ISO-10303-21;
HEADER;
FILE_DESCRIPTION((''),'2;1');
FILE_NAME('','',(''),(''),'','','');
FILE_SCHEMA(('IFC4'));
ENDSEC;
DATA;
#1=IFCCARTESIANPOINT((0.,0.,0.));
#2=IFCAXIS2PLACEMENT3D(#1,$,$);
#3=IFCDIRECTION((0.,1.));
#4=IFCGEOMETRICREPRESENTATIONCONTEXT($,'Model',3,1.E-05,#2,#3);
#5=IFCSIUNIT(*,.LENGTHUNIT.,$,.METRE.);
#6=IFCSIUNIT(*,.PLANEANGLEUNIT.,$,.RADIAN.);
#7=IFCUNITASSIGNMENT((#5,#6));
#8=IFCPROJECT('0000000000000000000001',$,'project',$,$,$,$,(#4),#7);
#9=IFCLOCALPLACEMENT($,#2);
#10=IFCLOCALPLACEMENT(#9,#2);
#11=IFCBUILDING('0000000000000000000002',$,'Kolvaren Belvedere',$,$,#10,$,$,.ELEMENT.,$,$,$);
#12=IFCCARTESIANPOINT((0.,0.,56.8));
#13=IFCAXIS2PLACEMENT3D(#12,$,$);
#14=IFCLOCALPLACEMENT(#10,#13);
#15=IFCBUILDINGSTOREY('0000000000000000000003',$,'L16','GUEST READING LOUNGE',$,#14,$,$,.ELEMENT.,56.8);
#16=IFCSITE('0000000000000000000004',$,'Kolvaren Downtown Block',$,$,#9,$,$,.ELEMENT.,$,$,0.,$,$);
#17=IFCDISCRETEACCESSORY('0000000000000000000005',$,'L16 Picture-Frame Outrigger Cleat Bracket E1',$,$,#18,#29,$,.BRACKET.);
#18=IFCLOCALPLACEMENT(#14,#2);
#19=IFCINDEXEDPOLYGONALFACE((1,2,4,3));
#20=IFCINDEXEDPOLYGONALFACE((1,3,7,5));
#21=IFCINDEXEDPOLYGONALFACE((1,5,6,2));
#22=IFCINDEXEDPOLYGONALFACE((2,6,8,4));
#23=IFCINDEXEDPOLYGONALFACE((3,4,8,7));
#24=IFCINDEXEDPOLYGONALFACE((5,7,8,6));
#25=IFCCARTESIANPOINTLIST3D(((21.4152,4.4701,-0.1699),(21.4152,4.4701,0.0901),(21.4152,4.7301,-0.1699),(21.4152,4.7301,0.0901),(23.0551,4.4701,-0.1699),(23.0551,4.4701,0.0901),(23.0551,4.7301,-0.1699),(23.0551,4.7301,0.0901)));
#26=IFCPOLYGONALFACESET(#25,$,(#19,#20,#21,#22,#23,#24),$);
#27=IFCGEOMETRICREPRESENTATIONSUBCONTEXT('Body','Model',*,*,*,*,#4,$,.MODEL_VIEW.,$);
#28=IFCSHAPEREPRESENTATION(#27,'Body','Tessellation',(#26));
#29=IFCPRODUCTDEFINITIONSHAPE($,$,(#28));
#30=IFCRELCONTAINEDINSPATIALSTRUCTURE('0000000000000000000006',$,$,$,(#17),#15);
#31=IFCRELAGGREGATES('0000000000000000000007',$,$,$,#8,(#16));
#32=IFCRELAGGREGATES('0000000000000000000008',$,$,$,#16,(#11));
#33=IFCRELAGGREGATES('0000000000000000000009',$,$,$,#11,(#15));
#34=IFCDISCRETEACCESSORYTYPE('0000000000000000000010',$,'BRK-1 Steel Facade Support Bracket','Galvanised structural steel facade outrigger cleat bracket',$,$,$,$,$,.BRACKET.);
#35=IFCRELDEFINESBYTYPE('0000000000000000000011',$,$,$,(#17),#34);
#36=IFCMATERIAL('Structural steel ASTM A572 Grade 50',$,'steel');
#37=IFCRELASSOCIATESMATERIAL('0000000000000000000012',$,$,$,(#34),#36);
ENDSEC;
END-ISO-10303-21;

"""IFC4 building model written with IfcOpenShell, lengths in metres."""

from ifc_helpers import new_model, si_unit, direction, frame, origin, origin_2d, place, context, subcontext, project, spatial, rectangle, extrude, material, type_object, element, save


model = new_model("IFC4")

# Units and contexts
model_context = context("Model", 3, precision=1e-05, world=origin(), true_north=direction((0.0, 1.0)))
body_context = subcontext(model_context, "Body", "Model", "MODEL_VIEW")
ifc_project = project(units=[si_unit("LENGTHUNIT", "METRE"), si_unit("PLANEANGLEUNIT", "RADIAN")], contexts=[model_context])

# Site, building, storey
site_placement = place(None, origin())
site = spatial("IfcSite", under=ifc_project, at=site_placement, Name="Kolvaren Downtown Block", CompositionType="ELEMENT", RefElevation=0.0)
building_placement = place(site_placement, origin())
building = spatial("IfcBuilding", under=site, at=building_placement, Name="Kolvaren Belvedere", CompositionType="ELEMENT")
storey_placement = place(building_placement, frame((0.0, 0.0, 56.8)))
storey = spatial("IfcBuildingStorey", under=building, at=storey_placement, Name="L16", Description="GUEST READING LOUNGE", CompositionType="ELEMENT", Elevation=56.8)

# Discrete accessory
ifc_material_1 = material(Name="Structural steel ASTM A572 Grade 50", Category="steel")
discrete_accessory_type = type_object("IfcDiscreteAccessoryType", Name="BRK-1 Steel Facade Support Bracket", Description="Galvanised structural steel facade outrigger cleat bracket", PredefinedType="BRACKET", material=ifc_material_1)
discrete_accessory_placement = place(storey_placement, frame((22.2351, 4.6001, -0.1699), z_axis=(0.0, 0.0, 1.0), x_axis=(1.0, 0.0, 0.0)))
element("IfcDiscreteAccessory", 1, at=discrete_accessory_placement, inside=storey, type_object=discrete_accessory_type, Name="L16 Picture-Frame Outrigger Cleat Bracket E1", PredefinedType="BRACKET", context=body_context, shape_type="SweptSolid", body=[
    extrude(rectangle(XDim=1.6399, YDim=0.26, at=origin_2d()), origin(), (0.0, 0.0, 1.0), 0.26),
])

save(model, "model.ifc")
